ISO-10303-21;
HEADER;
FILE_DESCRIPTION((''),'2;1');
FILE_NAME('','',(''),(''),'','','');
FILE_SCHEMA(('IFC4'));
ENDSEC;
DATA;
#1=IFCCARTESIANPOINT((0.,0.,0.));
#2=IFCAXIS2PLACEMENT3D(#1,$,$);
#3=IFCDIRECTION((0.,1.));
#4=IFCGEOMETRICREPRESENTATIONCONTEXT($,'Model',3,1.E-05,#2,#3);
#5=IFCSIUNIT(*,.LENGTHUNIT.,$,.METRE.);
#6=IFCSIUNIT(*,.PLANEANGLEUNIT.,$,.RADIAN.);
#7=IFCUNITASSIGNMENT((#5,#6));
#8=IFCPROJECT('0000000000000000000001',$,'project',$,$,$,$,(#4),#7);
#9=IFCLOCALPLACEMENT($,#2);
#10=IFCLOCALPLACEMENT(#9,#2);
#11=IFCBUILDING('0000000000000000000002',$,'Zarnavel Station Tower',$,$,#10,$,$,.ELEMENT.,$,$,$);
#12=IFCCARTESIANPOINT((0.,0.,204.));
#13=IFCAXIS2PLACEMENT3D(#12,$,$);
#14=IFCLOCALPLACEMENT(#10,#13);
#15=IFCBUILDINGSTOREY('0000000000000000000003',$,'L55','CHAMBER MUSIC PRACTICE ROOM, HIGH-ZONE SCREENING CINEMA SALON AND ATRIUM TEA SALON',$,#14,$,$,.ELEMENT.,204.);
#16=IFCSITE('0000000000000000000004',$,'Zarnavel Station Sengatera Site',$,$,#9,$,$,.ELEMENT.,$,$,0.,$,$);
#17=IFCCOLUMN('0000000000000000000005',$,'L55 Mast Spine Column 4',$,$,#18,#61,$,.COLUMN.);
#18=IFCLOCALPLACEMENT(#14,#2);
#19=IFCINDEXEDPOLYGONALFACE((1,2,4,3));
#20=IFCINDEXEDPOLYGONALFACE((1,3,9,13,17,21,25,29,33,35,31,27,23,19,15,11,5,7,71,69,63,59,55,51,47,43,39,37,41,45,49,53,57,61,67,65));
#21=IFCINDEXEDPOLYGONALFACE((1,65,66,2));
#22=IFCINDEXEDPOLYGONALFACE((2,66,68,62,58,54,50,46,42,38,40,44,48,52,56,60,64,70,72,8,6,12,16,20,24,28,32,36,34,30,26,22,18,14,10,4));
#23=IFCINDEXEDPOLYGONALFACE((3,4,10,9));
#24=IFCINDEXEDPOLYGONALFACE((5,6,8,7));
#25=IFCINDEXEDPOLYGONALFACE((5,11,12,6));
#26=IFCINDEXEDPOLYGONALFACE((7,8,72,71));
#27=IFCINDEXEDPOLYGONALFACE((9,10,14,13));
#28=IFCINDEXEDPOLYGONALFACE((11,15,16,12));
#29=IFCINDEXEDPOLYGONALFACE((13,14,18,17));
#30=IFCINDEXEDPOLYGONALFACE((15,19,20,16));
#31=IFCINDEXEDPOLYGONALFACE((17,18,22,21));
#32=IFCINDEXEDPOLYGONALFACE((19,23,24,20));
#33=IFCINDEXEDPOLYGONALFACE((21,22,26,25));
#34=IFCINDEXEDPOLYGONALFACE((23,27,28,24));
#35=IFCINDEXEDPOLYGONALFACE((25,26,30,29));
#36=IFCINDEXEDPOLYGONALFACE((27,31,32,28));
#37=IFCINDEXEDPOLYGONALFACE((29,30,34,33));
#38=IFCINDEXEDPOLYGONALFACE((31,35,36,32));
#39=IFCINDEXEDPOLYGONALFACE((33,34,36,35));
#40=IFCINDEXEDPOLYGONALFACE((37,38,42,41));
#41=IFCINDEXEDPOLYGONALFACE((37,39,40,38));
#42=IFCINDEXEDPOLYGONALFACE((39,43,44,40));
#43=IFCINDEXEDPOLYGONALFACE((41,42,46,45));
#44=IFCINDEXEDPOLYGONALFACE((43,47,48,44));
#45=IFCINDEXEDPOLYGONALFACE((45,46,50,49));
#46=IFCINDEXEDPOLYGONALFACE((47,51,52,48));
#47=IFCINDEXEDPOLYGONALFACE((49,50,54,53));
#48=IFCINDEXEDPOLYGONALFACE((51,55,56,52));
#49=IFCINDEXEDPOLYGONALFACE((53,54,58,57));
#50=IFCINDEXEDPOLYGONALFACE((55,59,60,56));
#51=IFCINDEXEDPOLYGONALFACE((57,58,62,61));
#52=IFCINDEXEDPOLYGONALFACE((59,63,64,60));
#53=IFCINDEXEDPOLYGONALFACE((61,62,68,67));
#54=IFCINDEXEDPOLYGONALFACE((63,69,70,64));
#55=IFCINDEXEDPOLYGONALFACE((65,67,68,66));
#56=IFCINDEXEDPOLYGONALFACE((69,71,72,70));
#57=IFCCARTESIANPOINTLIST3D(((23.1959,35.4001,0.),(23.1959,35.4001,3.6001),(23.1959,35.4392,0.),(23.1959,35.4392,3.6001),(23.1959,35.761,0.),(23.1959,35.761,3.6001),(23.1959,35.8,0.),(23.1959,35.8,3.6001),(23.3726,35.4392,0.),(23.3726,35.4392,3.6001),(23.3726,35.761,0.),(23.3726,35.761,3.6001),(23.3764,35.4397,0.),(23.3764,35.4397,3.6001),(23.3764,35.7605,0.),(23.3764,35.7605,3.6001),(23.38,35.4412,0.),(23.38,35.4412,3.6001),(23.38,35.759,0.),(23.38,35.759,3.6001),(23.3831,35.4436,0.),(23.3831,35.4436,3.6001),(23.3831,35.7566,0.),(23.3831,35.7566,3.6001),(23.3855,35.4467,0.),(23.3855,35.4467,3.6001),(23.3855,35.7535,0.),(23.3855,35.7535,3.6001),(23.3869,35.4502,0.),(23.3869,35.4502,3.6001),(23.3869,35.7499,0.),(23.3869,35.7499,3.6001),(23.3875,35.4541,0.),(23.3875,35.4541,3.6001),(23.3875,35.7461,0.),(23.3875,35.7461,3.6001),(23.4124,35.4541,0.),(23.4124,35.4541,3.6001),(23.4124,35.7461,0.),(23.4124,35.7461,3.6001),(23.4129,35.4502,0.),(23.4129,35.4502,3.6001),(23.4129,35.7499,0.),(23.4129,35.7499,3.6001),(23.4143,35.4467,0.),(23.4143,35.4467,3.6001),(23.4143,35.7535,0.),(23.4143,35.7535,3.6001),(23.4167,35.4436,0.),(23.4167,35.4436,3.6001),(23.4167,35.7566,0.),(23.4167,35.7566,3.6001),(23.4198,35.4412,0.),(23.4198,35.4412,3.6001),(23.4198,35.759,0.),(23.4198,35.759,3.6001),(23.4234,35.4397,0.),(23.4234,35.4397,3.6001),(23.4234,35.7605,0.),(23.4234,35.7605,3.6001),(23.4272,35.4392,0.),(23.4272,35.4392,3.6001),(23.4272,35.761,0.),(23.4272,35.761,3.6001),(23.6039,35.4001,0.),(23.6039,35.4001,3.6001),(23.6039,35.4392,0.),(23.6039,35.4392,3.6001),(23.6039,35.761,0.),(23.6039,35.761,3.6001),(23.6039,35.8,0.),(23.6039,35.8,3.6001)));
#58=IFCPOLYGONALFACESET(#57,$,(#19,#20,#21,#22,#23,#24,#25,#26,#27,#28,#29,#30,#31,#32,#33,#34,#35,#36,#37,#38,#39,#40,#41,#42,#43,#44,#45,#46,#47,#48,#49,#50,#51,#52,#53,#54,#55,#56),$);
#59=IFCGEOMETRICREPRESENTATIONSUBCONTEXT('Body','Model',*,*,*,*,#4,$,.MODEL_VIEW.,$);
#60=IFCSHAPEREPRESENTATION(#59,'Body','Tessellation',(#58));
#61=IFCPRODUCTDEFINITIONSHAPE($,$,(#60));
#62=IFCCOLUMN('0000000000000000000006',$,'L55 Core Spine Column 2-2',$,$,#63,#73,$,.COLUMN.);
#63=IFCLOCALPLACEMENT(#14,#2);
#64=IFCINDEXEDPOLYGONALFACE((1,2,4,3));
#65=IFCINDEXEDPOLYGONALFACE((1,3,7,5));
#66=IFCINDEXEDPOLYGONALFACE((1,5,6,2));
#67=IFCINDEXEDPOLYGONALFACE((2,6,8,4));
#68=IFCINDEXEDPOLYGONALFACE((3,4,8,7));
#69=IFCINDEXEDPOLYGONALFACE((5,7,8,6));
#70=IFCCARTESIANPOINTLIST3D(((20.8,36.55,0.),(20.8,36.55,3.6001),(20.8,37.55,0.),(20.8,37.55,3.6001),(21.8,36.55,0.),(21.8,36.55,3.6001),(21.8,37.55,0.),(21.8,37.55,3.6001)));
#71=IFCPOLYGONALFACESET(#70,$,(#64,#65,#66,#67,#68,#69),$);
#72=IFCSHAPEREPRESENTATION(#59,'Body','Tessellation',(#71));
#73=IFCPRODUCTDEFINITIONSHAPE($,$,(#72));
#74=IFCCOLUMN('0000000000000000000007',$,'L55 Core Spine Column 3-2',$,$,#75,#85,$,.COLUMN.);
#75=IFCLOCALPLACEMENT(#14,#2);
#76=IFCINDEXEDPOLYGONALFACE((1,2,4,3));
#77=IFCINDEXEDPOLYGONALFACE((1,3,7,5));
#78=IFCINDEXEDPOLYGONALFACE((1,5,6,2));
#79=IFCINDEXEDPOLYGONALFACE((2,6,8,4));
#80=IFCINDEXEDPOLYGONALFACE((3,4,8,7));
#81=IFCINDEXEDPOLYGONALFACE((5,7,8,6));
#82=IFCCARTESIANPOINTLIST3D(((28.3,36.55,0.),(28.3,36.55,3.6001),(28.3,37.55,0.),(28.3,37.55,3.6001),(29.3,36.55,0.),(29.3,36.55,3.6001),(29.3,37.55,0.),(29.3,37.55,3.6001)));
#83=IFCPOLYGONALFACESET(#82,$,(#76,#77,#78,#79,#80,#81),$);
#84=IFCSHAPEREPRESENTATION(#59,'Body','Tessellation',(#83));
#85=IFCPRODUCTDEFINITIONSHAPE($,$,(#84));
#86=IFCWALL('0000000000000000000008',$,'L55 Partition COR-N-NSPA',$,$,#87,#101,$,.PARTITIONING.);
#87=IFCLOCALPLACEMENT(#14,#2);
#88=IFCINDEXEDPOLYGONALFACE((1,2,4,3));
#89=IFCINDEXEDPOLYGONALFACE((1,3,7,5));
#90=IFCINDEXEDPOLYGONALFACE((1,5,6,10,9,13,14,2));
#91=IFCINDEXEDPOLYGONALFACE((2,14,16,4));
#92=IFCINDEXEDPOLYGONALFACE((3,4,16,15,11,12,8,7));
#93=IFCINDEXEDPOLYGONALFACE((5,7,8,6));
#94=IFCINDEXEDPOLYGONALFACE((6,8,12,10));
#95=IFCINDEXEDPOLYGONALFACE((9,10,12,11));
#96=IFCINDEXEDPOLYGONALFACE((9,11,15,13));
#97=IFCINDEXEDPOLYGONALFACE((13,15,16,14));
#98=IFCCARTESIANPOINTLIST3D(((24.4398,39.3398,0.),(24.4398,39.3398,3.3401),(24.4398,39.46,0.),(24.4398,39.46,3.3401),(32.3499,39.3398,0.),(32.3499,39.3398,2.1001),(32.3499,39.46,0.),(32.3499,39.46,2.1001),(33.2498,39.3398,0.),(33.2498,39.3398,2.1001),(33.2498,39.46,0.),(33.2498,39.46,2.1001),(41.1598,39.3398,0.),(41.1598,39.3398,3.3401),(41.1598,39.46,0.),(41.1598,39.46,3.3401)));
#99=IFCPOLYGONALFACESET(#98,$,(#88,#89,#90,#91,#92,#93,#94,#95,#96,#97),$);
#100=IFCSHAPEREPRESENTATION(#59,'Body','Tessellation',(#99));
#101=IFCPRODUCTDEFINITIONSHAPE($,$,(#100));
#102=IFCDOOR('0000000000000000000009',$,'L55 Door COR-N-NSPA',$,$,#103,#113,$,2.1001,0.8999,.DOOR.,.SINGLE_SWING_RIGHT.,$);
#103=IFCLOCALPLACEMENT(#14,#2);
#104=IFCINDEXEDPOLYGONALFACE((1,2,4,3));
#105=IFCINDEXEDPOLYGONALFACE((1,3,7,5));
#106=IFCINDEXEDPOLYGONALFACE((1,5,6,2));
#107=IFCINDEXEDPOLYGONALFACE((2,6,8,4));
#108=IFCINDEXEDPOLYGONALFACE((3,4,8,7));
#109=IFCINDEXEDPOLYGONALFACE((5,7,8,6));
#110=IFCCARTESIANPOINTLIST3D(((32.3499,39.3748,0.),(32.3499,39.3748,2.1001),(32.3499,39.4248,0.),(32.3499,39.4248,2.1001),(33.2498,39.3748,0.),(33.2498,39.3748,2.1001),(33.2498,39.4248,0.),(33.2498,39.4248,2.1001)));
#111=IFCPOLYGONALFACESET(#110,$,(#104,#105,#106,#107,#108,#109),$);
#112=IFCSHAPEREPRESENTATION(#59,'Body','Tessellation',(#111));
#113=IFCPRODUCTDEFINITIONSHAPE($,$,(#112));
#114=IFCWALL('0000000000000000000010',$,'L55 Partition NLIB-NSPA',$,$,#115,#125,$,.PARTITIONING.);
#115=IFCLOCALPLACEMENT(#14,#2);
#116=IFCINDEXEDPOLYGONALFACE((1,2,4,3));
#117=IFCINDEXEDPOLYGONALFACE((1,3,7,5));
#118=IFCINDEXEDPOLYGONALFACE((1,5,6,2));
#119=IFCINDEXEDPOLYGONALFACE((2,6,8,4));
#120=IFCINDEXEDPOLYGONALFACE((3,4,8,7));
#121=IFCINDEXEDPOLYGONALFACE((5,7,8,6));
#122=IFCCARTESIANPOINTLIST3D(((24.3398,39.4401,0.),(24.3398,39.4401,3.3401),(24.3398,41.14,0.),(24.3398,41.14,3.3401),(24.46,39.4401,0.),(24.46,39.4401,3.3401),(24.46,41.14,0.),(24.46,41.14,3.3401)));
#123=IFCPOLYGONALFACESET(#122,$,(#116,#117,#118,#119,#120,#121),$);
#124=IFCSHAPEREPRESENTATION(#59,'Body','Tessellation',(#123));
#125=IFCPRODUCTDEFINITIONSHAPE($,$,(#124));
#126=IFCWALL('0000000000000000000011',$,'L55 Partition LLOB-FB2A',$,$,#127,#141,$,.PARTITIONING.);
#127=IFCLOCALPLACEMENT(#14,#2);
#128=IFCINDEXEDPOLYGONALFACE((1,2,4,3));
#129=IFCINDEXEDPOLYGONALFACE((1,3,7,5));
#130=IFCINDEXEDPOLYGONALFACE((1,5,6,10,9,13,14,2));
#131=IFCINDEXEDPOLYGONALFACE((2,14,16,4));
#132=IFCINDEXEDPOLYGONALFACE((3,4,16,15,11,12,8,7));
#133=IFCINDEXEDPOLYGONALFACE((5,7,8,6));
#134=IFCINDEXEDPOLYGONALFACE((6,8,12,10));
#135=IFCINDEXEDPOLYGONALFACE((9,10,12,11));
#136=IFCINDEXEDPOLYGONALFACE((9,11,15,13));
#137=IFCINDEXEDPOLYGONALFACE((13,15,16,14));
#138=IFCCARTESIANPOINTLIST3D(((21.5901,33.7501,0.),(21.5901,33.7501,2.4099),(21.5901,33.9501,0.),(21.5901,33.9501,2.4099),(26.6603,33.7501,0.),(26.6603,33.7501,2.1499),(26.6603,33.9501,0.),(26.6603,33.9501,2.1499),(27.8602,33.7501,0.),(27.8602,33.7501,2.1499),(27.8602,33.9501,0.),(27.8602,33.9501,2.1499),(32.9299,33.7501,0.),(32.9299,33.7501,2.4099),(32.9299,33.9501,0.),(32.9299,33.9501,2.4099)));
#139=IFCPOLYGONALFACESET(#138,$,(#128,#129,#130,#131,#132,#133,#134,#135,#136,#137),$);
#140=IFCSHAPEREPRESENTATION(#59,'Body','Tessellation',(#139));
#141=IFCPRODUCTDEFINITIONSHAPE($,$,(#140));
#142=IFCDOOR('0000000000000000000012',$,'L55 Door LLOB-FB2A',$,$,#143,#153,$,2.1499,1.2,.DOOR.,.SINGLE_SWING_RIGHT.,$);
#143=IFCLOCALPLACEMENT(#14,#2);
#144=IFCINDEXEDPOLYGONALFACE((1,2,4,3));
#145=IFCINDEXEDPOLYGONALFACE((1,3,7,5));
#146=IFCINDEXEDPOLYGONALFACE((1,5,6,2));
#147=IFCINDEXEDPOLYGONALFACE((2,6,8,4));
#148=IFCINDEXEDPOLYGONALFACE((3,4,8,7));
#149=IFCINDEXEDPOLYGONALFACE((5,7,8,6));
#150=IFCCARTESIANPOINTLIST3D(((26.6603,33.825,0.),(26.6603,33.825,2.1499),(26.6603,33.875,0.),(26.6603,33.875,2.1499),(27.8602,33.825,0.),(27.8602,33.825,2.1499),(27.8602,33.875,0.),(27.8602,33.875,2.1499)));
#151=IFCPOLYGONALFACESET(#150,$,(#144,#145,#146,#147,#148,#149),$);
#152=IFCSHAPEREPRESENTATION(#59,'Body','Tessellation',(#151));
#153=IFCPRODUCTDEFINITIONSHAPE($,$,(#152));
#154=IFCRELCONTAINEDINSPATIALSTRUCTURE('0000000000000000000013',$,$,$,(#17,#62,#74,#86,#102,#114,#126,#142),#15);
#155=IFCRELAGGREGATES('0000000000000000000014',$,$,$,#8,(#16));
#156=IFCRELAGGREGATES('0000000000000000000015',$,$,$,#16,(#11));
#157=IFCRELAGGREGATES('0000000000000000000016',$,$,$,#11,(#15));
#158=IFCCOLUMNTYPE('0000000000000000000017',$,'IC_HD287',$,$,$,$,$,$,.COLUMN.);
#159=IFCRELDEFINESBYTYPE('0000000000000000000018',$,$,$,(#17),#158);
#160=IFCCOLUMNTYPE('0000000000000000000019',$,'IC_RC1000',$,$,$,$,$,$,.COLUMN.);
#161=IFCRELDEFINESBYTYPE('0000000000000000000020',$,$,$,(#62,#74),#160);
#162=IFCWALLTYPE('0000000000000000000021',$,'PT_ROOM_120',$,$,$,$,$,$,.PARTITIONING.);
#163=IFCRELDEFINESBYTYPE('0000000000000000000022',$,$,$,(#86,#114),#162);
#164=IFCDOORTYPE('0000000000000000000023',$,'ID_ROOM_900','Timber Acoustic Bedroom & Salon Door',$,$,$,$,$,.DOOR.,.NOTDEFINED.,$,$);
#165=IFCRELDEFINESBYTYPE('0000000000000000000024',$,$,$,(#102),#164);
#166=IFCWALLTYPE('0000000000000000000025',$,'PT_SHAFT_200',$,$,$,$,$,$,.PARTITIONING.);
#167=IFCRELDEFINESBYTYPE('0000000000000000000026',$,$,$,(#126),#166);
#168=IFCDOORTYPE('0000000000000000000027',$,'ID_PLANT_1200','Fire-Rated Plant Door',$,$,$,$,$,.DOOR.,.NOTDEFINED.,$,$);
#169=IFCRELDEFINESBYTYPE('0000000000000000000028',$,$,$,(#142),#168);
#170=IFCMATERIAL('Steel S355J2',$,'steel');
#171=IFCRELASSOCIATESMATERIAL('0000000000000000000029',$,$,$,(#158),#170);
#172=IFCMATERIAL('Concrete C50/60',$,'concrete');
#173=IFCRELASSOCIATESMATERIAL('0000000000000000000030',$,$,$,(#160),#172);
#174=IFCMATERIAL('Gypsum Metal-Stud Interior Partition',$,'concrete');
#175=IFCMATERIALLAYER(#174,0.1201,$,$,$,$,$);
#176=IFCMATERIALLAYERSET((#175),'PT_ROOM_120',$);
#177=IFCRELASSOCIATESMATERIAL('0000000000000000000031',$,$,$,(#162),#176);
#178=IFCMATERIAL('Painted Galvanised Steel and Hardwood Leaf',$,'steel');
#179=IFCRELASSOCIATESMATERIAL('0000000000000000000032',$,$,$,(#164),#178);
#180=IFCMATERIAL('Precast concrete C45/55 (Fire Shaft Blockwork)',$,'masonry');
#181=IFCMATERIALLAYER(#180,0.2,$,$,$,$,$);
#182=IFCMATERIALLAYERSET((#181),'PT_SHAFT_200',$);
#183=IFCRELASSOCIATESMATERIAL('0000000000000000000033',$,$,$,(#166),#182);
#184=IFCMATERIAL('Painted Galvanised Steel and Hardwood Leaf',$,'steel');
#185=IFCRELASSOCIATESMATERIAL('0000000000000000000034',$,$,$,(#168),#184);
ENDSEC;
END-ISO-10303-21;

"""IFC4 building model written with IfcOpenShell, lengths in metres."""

from ifc_helpers import new_model, si_unit, direction, frame, frame_2d, origin, origin_2d, place, context, subcontext, project, spatial, rectangle, i_section, extrude, material, layer, layer_set, material_profile, profile_set, type_object, element, fill, save


model = new_model("IFC4")

# Units and contexts
model_context = context("Model", 3, precision=1e-05, world=origin(), true_north=direction((0.0, 1.0)))
body_context = subcontext(model_context, "Body", "Model", "MODEL_VIEW")
ifc_project = project(units=[si_unit("LENGTHUNIT", "METRE"), si_unit("PLANEANGLEUNIT", "RADIAN")], contexts=[model_context])

# Site, building, storey
site_placement = place(None, origin())
site = spatial("IfcSite", under=ifc_project, at=site_placement, Name="Zarnavel Station Sengatera Site", CompositionType="ELEMENT", RefElevation=0.0)
building_placement = place(site_placement, origin())
building = spatial("IfcBuilding", under=site, at=building_placement, Name="Zarnavel Station Tower", CompositionType="ELEMENT")
storey_placement = place(building_placement, frame((0.0, 0.0, 204.0)))
storey = spatial("IfcBuildingStorey", under=building, at=storey_placement, Name="L55", Description="CHAMBER MUSIC PRACTICE ROOM, HIGH-ZONE SCREENING CINEMA SALON AND ATRIUM TEA SALON", CompositionType="ELEMENT", Elevation=204.0)

# Columns
ifc_material_1 = material(Name="Steel S355J2", Category="steel")
ifc_material_profile_1 = material_profile(ifc_material_1, i_section(OverallWidth=0.408, OverallDepth=0.3999, WebThickness=0.0249, FlangeThickness=0.0391, FilletRadius=0.0149, at=origin_2d()), Name="HD400x287")
ifc_profile_set_1 = profile_set([ifc_material_profile_1], Name="Steel S355J2")
column_type_1 = type_object("IfcColumnType", Name="IC_HD287", PredefinedType="COLUMN", material=ifc_profile_set_1)
column_placement = place(storey_placement, frame((23.3999, 35.6001, 0.0), z_axis=(0.0, 0.0, 1.0), x_axis=(1.0, 0.0, 0.0)))
element("IfcColumn", 1, at=column_placement, inside=storey, type_object=column_type_1, Name="L55 Mast Spine Column 4", PredefinedType="COLUMN", context=body_context, shape_type="SweptSolid", body=[
    extrude(i_section(OverallWidth=0.408, OverallDepth=0.3999, WebThickness=0.0249, FlangeThickness=0.0391, FilletRadius=0.0149, at=origin_2d()), origin(), (0.0, 0.0, 1.0), 3.6001),
])
ifc_material_2 = material(Name="Concrete C50/60", Category="concrete")
ifc_material_profile_2 = material_profile(ifc_material_2, rectangle(XDim=1.0, YDim=1.0, at=origin_2d()), Name="RC1000x1000")
ifc_profile_set_2 = profile_set([ifc_material_profile_2], Name="Concrete C50/60")
column_type_2 = type_object("IfcColumnType", Name="IC_RC1000", PredefinedType="COLUMN", material=ifc_profile_set_2)
for number, where, z_axis, x_axis, name in (
    (2, (21.3, 37.05, 0.0), (0.0, 0.0, 1.0), (1.0, 0.0, 0.0), "L55 Core Spine Column 2-2"),
    (3, (28.8, 37.05, 0.0), (0.0, 0.0, 1.0), (1.0, 0.0, 0.0), "L55 Core Spine Column 3-2"),
):
    element("IfcColumn", number, at=place(storey_placement, frame(where, z_axis=z_axis, x_axis=x_axis)), inside=storey, type_object=column_type_2, Name=name, PredefinedType="COLUMN", context=body_context, shape_type="SweptSolid", body=[
        extrude(rectangle(XDim=1.0, YDim=1.0, at=origin_2d()), origin(), (0.0, 0.0, 1.0), 3.6001),
    ])

# Wall, opening, door
ifc_material_3 = material(Name="Gypsum Metal-Stud Interior Partition", Category="concrete")
ifc_layer_1 = layer(ifc_material_3, 0.1201)
ifc_layer_set_1 = layer_set([ifc_layer_1], Name="PT_ROOM_120")
wall_type_1 = type_object("IfcWallType", Name="PT_ROOM_120", PredefinedType="PARTITIONING", material=ifc_layer_set_1)
wall_1_placement = place(storey_placement, frame((24.4399, 39.3999, 0.0), z_axis=(0.0, 0.0, 1.0), x_axis=(1.0, 0.0, 0.0)))
wall_1 = element("IfcWall", 4, at=wall_1_placement, inside=storey, type_object=wall_type_1, Name="L55 Partition COR-N-NSPA", PredefinedType="PARTITIONING", context=body_context, shape_type="SweptSolid", body=[
    extrude(rectangle(XDim=16.72, YDim=0.1201, at=frame_2d((8.3599, 0.0))), origin(), (0.0, 0.0, 1.0), 3.3401),
])
opening_1_placement = place(wall_1_placement, frame((7.9099, 0.0, 0.0)))
opening_1 = element("IfcOpeningElement", 5, at=opening_1_placement, cuts=wall_1, PredefinedType="OPENING", context=body_context, shape_type="SweptSolid", body=[
    extrude(rectangle(XDim=0.8999, YDim=2.1001, at=frame_2d((0.45, 1.05))), frame((0.0, 0.0701, 0.0), z_axis=(0.0, -1.0, 0.0), x_axis=(1.0, 0.0, 0.0)), (0.0, 0.0, 1.0), 0.1401),
])
ifc_material_4 = material(Name="Painted Galvanised Steel and Hardwood Leaf", Category="steel")
door_type_1 = type_object("IfcDoorType", Name="ID_ROOM_900", Description="Timber Acoustic Bedroom & Salon Door", OperationType="NOTDEFINED", PredefinedType="DOOR", material=ifc_material_4)
door_1_placement = place(opening_1_placement, origin())
door_1 = element("IfcDoor", 6, at=door_1_placement, inside=storey, type_object=door_type_1, Name="L55 Door COR-N-NSPA", OperationType="SINGLE_SWING_RIGHT", OverallHeight=2.1001, OverallWidth=0.8999, PredefinedType="DOOR", context=body_context, shape_type="SweptSolid", body=[
    extrude(rectangle(XDim=0.8999, YDim=2.1001, at=frame_2d((0.45, 1.05))), frame((0.0, 0.0249, 0.0), z_axis=(0.0, -1.0, 0.0), x_axis=(1.0, 0.0, 0.0)), (0.0, 0.0, 1.0), 0.05),
])
fill(opening_1, door_1)

# Wall
wall_2_placement = place(storey_placement, frame((24.3999, 39.4399, 0.0), z_axis=(0.0, 0.0, 1.0), x_axis=(0.0, 1.0, 0.0)))
element("IfcWall", 7, at=wall_2_placement, inside=storey, type_object=wall_type_1, Name="L55 Partition NLIB-NSPA", PredefinedType="PARTITIONING", context=body_context, shape_type="SweptSolid", body=[
    extrude(rectangle(XDim=1.7, YDim=0.1201, at=frame_2d((0.8501, 0.0))), origin(), (0.0, 0.0, 1.0), 3.3401),
])

# Wall, opening, door
ifc_material_5 = material(Name="Precast concrete C45/55 (Fire Shaft Blockwork)", Category="masonry")
ifc_layer_2 = layer(ifc_material_5, 0.2)
ifc_layer_set_2 = layer_set([ifc_layer_2], Name="PT_SHAFT_200")
wall_type_2 = type_object("IfcWallType", Name="PT_SHAFT_200", PredefinedType="PARTITIONING", material=ifc_layer_set_2)
ifc_material_6 = material(Name="Painted Galvanised Steel and Hardwood Leaf", Category="steel")
door_type_2 = type_object("IfcDoorType", Name="ID_PLANT_1200", Description="Fire-Rated Plant Door", OperationType="NOTDEFINED", PredefinedType="DOOR", material=ifc_material_6)
wall_3_placement = place(storey_placement, frame((21.5901, 33.8501, 0.0), z_axis=(0.0, 0.0, 1.0), x_axis=(1.0, 0.0, 0.0)))
wall_3 = element("IfcWall", 8, at=wall_3_placement, inside=storey, type_object=wall_type_2, Name="L55 Partition LLOB-FB2A", PredefinedType="PARTITIONING", context=body_context, shape_type="SweptSolid", body=[
    extrude(rectangle(XDim=11.3398, YDim=0.2, at=frame_2d((5.6699, 0.0))), origin(), (0.0, 0.0, 1.0), 2.4099),
])
opening_2_placement = place(wall_3_placement, frame((5.0701, 0.0, 0.0)))
opening_2 = element("IfcOpeningElement", 9, at=opening_2_placement, cuts=wall_3, PredefinedType="OPENING", context=body_context, shape_type="SweptSolid", body=[
    extrude(rectangle(XDim=1.2, YDim=2.1499, at=frame_2d((0.6001, 1.075))), frame((0.0, 0.1099, 0.0), z_axis=(0.0, -1.0, 0.0), x_axis=(1.0, 0.0, 0.0)), (0.0, 0.0, 1.0), 0.22),
])
door_2_placement = place(opening_2_placement, origin())
door_2 = element("IfcDoor", 10, at=door_2_placement, inside=storey, type_object=door_type_2, Name="L55 Door LLOB-FB2A", OperationType="SINGLE_SWING_RIGHT", OverallHeight=2.1499, OverallWidth=1.2, PredefinedType="DOOR", context=body_context, shape_type="SweptSolid", body=[
    extrude(rectangle(XDim=1.2, YDim=2.1499, at=frame_2d((0.6001, 1.075))), frame((0.0, 0.0249, 0.0), z_axis=(0.0, -1.0, 0.0), x_axis=(1.0, 0.0, 0.0)), (0.0, 0.0, 1.0), 0.05),
])
fill(opening_2, door_2)

save(model, "model.ifc")
